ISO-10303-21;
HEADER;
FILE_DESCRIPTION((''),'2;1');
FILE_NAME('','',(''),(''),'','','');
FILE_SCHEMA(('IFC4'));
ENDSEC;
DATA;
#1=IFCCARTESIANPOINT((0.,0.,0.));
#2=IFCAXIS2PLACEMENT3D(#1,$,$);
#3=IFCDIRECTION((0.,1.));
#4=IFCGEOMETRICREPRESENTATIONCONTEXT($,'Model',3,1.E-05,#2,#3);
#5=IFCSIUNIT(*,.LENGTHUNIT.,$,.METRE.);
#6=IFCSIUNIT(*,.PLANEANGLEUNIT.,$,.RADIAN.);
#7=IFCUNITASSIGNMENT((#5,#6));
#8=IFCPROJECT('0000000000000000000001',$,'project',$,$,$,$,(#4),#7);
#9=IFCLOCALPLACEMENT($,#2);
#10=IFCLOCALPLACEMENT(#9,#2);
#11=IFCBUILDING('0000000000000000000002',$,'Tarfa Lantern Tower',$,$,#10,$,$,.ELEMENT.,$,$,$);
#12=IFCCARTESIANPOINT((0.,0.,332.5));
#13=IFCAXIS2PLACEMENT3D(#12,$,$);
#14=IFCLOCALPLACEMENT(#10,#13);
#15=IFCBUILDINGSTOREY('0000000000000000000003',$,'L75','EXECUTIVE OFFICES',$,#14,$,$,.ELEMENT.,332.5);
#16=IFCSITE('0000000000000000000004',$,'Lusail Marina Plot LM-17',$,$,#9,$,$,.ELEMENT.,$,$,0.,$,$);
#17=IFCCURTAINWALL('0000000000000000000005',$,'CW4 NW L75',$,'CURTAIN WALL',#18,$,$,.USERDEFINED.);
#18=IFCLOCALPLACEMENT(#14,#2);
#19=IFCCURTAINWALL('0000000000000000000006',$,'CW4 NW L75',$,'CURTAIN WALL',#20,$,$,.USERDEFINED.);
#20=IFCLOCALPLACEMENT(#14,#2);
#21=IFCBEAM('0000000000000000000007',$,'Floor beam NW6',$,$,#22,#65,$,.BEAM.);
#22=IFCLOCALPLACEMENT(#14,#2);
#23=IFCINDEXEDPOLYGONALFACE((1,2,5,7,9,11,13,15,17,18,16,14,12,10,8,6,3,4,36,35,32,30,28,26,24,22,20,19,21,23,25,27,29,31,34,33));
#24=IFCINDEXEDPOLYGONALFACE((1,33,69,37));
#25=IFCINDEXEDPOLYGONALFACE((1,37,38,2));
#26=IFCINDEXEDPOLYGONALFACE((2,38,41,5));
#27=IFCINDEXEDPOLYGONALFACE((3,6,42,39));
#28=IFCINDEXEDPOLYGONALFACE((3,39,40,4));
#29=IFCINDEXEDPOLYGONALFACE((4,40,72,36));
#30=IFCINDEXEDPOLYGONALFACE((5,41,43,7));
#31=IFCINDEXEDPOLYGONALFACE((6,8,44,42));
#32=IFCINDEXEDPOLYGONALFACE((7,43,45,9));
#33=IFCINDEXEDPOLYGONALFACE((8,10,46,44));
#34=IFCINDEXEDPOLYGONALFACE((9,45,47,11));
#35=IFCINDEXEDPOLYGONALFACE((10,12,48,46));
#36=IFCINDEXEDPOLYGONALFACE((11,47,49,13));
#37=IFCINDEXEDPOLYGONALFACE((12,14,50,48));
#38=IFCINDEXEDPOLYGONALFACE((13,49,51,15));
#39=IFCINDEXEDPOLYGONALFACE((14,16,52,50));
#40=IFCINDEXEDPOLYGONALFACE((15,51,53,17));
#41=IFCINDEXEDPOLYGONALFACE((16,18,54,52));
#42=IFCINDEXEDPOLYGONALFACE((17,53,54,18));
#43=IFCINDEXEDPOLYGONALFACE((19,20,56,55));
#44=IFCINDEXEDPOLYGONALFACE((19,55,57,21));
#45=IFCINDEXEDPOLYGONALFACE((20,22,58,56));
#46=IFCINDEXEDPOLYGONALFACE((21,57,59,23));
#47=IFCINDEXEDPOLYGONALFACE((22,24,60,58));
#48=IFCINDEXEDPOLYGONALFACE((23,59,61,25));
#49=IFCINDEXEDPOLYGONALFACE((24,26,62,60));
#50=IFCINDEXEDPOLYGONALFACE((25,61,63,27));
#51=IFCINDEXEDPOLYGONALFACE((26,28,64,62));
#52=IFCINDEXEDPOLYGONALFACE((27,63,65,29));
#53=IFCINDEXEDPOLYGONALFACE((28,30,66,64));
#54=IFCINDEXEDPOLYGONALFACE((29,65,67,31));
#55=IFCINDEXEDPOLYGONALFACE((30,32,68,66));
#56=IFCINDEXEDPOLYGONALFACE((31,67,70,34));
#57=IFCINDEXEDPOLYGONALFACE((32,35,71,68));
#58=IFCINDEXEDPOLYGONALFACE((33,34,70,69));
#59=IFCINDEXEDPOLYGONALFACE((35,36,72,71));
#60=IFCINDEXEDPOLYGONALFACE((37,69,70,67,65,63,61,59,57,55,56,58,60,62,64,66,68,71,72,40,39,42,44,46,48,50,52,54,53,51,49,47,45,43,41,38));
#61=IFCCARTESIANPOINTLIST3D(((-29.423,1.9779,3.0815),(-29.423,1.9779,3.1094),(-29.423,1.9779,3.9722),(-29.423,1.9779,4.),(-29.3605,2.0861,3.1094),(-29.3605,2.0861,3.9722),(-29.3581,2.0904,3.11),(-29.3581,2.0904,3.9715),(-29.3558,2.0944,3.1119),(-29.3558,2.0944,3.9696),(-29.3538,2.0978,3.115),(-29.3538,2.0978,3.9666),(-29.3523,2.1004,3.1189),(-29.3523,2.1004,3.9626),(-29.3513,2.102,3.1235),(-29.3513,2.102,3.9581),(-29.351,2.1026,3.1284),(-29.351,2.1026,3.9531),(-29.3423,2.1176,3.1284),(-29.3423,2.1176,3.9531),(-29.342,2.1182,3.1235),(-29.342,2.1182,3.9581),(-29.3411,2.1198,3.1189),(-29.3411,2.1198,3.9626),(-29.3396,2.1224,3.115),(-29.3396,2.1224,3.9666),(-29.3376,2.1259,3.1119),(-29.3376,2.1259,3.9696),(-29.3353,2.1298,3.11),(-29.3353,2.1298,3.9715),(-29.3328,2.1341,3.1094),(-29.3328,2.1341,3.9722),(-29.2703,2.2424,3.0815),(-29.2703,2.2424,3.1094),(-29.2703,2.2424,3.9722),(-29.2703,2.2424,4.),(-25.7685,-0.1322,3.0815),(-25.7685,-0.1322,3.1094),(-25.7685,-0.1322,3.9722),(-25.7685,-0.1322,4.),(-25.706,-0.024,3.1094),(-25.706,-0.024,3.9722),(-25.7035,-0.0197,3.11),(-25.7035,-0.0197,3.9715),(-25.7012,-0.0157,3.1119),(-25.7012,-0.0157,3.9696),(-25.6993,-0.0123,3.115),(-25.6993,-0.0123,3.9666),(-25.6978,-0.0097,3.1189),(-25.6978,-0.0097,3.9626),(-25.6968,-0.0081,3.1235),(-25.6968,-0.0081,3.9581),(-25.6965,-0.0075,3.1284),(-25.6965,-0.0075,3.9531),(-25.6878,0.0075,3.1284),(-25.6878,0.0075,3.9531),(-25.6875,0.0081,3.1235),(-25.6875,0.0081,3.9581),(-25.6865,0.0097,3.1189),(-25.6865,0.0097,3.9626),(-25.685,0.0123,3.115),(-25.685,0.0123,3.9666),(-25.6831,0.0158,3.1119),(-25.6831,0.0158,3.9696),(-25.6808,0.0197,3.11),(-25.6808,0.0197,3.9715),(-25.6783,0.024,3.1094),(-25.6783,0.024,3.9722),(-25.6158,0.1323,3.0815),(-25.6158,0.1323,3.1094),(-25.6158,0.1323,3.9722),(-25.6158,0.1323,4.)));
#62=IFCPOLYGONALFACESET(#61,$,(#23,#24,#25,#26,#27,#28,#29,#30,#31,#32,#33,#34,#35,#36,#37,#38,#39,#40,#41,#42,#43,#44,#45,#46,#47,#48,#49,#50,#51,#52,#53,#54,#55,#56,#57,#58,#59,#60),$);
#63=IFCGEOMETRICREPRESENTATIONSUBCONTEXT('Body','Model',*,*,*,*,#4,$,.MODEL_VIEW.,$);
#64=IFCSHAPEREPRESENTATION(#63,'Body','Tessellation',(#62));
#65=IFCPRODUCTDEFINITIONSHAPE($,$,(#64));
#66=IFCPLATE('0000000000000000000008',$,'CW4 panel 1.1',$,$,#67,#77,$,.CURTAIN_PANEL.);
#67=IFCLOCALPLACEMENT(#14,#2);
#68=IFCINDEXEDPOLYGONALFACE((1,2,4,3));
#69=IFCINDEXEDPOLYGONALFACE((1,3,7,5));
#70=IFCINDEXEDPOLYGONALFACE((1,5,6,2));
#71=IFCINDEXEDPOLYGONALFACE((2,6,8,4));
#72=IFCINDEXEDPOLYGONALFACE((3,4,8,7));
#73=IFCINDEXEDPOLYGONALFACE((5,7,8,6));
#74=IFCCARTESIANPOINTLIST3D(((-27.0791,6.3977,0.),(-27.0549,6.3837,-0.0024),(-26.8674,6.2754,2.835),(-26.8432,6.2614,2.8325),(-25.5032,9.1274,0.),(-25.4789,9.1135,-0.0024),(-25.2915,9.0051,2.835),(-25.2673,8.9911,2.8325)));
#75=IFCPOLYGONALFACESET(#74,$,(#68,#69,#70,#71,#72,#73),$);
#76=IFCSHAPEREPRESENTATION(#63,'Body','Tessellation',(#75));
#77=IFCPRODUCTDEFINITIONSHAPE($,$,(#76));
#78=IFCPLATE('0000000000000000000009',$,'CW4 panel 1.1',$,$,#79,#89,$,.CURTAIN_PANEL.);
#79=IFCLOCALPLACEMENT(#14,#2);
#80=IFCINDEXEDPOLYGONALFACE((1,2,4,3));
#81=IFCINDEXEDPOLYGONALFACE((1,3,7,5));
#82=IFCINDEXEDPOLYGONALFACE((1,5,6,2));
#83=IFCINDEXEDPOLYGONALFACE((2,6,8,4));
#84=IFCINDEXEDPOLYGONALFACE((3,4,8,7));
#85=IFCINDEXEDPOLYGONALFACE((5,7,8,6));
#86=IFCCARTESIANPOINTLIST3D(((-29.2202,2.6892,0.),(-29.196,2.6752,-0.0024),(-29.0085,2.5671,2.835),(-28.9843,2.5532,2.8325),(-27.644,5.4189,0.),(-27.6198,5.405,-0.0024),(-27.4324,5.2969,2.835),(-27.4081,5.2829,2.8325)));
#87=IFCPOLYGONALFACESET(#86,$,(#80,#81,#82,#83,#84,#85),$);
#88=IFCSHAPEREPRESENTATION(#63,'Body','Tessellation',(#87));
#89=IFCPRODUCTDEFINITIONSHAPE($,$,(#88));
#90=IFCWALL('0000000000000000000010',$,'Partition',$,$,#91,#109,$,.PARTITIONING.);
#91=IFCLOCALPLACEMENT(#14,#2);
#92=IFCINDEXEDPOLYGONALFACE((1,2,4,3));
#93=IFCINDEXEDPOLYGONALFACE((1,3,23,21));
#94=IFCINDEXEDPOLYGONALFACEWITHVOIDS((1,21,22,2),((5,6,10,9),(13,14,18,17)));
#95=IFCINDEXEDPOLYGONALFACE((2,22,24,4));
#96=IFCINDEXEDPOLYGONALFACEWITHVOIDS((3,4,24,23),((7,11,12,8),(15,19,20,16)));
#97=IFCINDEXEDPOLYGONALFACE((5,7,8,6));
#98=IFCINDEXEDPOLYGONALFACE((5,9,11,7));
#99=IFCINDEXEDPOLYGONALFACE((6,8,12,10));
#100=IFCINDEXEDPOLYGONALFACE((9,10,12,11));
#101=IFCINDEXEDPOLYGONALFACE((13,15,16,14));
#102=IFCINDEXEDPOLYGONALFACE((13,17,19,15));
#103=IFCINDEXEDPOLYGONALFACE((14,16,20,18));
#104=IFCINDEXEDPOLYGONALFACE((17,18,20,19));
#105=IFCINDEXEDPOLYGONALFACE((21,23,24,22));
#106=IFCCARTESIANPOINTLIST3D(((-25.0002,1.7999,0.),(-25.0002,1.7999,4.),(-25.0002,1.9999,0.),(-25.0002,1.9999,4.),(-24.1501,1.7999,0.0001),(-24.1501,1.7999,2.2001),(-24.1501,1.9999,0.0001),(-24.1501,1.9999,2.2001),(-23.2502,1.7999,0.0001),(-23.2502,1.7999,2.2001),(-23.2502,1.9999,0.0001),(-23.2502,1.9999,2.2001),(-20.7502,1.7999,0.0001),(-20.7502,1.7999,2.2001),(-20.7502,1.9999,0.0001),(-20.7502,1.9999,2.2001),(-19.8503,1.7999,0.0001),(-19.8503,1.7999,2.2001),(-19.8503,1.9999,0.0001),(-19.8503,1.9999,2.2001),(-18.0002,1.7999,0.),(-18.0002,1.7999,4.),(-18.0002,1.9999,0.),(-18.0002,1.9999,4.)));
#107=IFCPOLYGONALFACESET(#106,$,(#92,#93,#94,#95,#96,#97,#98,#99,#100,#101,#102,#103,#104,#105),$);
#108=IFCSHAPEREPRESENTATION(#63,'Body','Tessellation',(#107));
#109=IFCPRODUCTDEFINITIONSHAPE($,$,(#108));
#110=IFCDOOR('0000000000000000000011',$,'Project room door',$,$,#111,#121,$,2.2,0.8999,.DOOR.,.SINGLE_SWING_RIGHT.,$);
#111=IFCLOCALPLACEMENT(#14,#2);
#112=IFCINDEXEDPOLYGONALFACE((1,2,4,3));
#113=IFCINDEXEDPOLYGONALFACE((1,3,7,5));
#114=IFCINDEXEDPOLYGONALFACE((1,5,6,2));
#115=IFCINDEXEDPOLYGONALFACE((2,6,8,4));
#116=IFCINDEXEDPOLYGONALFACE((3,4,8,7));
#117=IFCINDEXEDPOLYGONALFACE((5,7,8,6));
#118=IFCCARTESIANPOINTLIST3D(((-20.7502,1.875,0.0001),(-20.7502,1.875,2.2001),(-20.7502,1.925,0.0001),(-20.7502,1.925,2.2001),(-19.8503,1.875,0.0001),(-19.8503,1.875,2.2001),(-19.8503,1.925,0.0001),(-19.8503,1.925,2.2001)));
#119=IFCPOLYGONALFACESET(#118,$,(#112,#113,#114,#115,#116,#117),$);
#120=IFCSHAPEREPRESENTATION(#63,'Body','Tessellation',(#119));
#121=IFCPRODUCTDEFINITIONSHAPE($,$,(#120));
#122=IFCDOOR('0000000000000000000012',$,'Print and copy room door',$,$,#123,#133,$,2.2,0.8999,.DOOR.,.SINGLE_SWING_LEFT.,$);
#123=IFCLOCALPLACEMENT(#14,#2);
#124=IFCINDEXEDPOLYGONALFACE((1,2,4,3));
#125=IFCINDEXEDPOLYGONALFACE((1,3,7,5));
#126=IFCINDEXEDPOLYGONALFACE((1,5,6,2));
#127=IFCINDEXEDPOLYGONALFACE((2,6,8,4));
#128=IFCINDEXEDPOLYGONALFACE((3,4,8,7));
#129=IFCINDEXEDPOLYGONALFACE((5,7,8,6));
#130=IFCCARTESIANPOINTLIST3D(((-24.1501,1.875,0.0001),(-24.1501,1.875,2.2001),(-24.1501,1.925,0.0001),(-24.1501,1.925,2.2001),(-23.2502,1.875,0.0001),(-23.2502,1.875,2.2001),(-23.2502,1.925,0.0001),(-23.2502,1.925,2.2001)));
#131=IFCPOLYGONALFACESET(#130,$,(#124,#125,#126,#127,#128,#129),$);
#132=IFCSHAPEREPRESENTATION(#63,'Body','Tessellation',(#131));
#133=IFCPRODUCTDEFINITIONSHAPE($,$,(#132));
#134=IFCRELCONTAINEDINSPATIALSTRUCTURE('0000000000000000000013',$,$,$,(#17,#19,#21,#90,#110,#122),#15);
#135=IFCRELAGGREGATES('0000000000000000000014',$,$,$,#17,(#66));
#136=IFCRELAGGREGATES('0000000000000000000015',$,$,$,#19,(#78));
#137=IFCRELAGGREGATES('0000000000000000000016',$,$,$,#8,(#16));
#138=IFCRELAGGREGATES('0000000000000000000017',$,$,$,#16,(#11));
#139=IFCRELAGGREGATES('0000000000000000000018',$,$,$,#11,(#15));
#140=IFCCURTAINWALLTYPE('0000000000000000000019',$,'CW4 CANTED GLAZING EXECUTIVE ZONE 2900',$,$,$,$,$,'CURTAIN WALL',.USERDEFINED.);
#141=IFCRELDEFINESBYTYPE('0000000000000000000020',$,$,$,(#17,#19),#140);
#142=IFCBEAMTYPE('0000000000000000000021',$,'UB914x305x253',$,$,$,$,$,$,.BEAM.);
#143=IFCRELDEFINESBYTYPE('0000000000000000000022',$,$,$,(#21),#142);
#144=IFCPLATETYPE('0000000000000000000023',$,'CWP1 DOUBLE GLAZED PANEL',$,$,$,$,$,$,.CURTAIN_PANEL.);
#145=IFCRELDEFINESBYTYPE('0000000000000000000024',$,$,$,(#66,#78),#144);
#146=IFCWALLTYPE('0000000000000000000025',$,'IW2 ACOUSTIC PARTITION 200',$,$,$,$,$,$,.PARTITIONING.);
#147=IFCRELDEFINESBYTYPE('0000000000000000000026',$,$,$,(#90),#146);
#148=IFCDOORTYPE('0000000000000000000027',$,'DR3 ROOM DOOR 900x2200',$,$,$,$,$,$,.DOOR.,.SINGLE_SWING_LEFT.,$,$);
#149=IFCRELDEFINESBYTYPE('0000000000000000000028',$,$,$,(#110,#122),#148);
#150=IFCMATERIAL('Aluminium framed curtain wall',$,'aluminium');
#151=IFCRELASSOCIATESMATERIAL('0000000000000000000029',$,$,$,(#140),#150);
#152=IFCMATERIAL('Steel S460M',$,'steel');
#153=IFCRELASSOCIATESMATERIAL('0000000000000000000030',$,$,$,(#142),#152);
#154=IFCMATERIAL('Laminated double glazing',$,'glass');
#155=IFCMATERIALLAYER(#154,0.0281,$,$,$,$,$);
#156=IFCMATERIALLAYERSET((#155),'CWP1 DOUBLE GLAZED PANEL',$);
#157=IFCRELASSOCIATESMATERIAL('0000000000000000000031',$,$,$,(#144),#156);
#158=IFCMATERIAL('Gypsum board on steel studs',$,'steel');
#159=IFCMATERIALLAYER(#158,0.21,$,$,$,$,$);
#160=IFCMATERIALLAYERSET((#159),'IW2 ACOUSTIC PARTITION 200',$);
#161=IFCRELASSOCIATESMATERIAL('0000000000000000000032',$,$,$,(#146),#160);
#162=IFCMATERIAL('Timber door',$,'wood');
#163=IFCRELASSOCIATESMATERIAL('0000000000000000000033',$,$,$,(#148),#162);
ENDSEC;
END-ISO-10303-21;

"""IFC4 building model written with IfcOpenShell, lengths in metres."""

from ifc_helpers import new_model, si_unit, direction, frame, frame_2d, origin, origin_2d, place, context, subcontext, project, spatial, polyline, rectangle, i_section, outline, extrude, material, layer, layer_set, material_profile, profile_set, type_object, element, fill, aggregate, save


model = new_model("IFC4")

# Units and contexts
model_context = context("Model", 3, precision=1e-05, world=origin(), true_north=direction((0.0, 1.0)))
body_context = subcontext(model_context, "Body", "Model", "MODEL_VIEW")
ifc_project = project(units=[si_unit("LENGTHUNIT", "METRE"), si_unit("PLANEANGLEUNIT", "RADIAN")], contexts=[model_context])

# Site, building, storey
site_placement = place(None, origin())
site = spatial("IfcSite", under=ifc_project, at=site_placement, Name="Lusail Marina Plot LM-17", CompositionType="ELEMENT", RefElevation=0.0)
building_placement = place(site_placement, origin())
building = spatial("IfcBuilding", under=site, at=building_placement, Name="Tarfa Lantern Tower", CompositionType="ELEMENT")
storey_placement = place(building_placement, frame((0.0, 0.0, 332.5)))
storey = spatial("IfcBuildingStorey", under=building, at=storey_placement, Name="L75", Description="EXECUTIVE OFFICES", CompositionType="ELEMENT", Elevation=332.5)

# Shared definitions
ifc_material_1 = material(Name="Aluminium framed curtain wall", Category="aluminium")
curtain_wall_type = type_object("IfcCurtainWallType", Name="CW4 CANTED GLAZING EXECUTIVE ZONE 2900", ElementType="CURTAIN WALL", PredefinedType="USERDEFINED", material=ifc_material_1)

# Curtain walls
curtain_wall_1_placement = place(storey_placement, origin())
curtain_wall_1 = element("IfcCurtainWall", 1, at=curtain_wall_1_placement, inside=storey, type_object=curtain_wall_type, Name="CW4 NW L75", ObjectType="CURTAIN WALL", PredefinedType="USERDEFINED")
curtain_wall_2_placement = place(storey_placement, origin())
curtain_wall_2 = element("IfcCurtainWall", 2, at=curtain_wall_2_placement, inside=storey, type_object=curtain_wall_type, Name="CW4 NW L75", ObjectType="CURTAIN WALL", PredefinedType="USERDEFINED")

# Beam
ifc_material_2 = material(Name="Steel S460M", Category="steel")
ifc_material_profile_1 = material_profile(ifc_material_2, i_section(OverallWidth=0.3054, OverallDepth=0.9185, WebThickness=0.0173, FlangeThickness=0.0278, FilletRadius=0.019, at=origin_2d()), Name="UB914x305x253")
ifc_profile_set_1 = profile_set([ifc_material_profile_1], Name="Steel S460M")
beam_type_1 = type_object("IfcBeamType", Name="UB914x305x253", PredefinedType="BEAM", material=ifc_profile_set_1)
beam_1_placement = place(storey_placement, frame((-29.3467, 2.1101, 3.5408), z_axis=(0.866009, -0.500028, 0.0), x_axis=(0.500028, 0.866009, 0.0)))
element("IfcBeam", 3, at=beam_1_placement, inside=storey, type_object=beam_type_1, Name="Floor beam NW6", PredefinedType="BEAM", context=body_context, shape_type="SweptSolid", body=[
    extrude(i_section(OverallWidth=0.3054, OverallDepth=0.9185, WebThickness=0.0173, FlangeThickness=0.0278, FilletRadius=0.019, at=origin_2d()), origin(), (0.0, 0.0, 1.0), 4.22),
])

# Plates
ifc_material_3 = material(Name="Laminated double glazing", Category="glass")
ifc_layer_1 = layer(ifc_material_3, 0.0281)
ifc_layer_set_1 = layer_set([ifc_layer_1], Name="CWP1 DOUBLE GLAZED PANEL")
plate_type = type_object("IfcPlateType", Name="CWP1 DOUBLE GLAZED PANEL", PredefinedType="CURTAIN_PANEL", material=ifc_layer_set_1)
plate_1_placement = place(storey_placement, frame((-25.5032, 9.1274, 0.0), z_axis=(-0.862835, 0.498131, 0.085915), x_axis=(-0.499979, -0.866037, 0.0)))
plate_1 = element("IfcPlate", 4, at=plate_1_placement, type_object=plate_type, Name="CW4 panel 1.1", PredefinedType="CURTAIN_PANEL", context=body_context, shape_type="SweptSolid", body=[
    extrude(outline(polyline([(0.0, 0.0), (3.152, 0.0), (3.1521, 2.8455), (0.0001, 2.8455), (0.0, 0.0)])), origin(), (0.0, 0.0, -1.0), 0.0281),
])
aggregate(curtain_wall_1, [plate_1])
plate_2_placement = place(storey_placement, frame((-27.644, 5.4189, 0.0), z_axis=(-0.862805, 0.498191, 0.085872), x_axis=(-0.500038, -0.866004, 0.0)))
plate_2 = element("IfcPlate", 5, at=plate_2_placement, type_object=plate_type, Name="CW4 panel 1.1", PredefinedType="CURTAIN_PANEL", context=body_context, shape_type="SweptSolid", body=[
    extrude(outline(polyline([(0.0, 0.0), (3.1521, 0.0), (3.152, 2.8455), (-0.0001, 2.8455), (0.0, 0.0)])), origin(), (0.0, 0.0, -1.0), 0.0281),
])
aggregate(curtain_wall_2, [plate_2])

# Wall, openings, doors
ifc_material_4 = material(Name="Gypsum board on steel studs", Category="steel")
ifc_layer_2 = layer(ifc_material_4, 0.21)
ifc_layer_set_2 = layer_set([ifc_layer_2], Name="IW2 ACOUSTIC PARTITION 200")
wall_type = type_object("IfcWallType", Name="IW2 ACOUSTIC PARTITION 200", PredefinedType="PARTITIONING", material=ifc_layer_set_2)
wall_placement = place(storey_placement, frame((-18.0002, 1.8999, 0.0), z_axis=(0.0, 0.0, 1.0), x_axis=(-1.0, 0.0, 0.0)))
wall = element("IfcWall", 6, at=wall_placement, inside=storey, type_object=wall_type, Name="Partition", PredefinedType="PARTITIONING", context=body_context, shape_type="SweptSolid", body=[
    extrude(rectangle(XDim=7.0, YDim=0.2, at=frame_2d((3.5, 0.0))), origin(), (0.0, 0.0, 1.0), 4.0),
])
opening_1_placement = place(wall_placement, frame((1.8501, 0.0, 0.0)))
opening_1 = element("IfcOpeningElement", 7, at=opening_1_placement, cuts=wall, PredefinedType="OPENING", context=body_context, shape_type="SweptSolid", body=[
    extrude(rectangle(XDim=0.8999, YDim=2.2, at=frame_2d((0.45, 1.1001))), frame((0.0, 0.1099, 0.0), z_axis=(0.0, -1.0, 0.0), x_axis=(1.0, 0.0, 0.0)), (0.0, 0.0, 1.0), 0.22),
])
opening_2_placement = place(wall_placement, frame((5.25, 0.0, 0.0)))
opening_2 = element("IfcOpeningElement", 8, at=opening_2_placement, cuts=wall, PredefinedType="OPENING", context=body_context, shape_type="SweptSolid", body=[
    extrude(rectangle(XDim=0.8999, YDim=2.2, at=frame_2d((0.45, 1.1001))), frame((0.0, 0.1099, 0.0), z_axis=(0.0, -1.0, 0.0), x_axis=(1.0, 0.0, 0.0)), (0.0, 0.0, 1.0), 0.22),
])
ifc_material_5 = material(Name="Timber door", Category="wood")
door_type = type_object("IfcDoorType", Name="DR3 ROOM DOOR 900x2200", OperationType="SINGLE_SWING_LEFT", PredefinedType="DOOR", material=ifc_material_5)
door_1_placement = place(opening_1_placement, origin())
door_1 = element("IfcDoor", 9, at=door_1_placement, inside=storey, type_object=door_type, Name="Project room door", OperationType="SINGLE_SWING_RIGHT", OverallHeight=2.2, OverallWidth=0.8999, PredefinedType="DOOR", context=body_context, shape_type="SweptSolid", body=[
    extrude(rectangle(XDim=0.8999, YDim=2.2, at=frame_2d((0.45, 1.1001))), frame((0.0, 0.0249, 0.0), z_axis=(0.0, -1.0, 0.0), x_axis=(1.0, 0.0, 0.0)), (0.0, 0.0, 1.0), 0.05),
])
fill(opening_1, door_1)
door_2_placement = place(opening_2_placement, origin())
door_2 = element("IfcDoor", 10, at=door_2_placement, inside=storey, type_object=door_type, Name="Print and copy room door", OperationType="SINGLE_SWING_LEFT", OverallHeight=2.2, OverallWidth=0.8999, PredefinedType="DOOR", context=body_context, shape_type="SweptSolid", body=[
    extrude(rectangle(XDim=0.8999, YDim=2.2, at=frame_2d((0.45, 1.1001))), frame((0.0, 0.0249, 0.0), z_axis=(0.0, -1.0, 0.0), x_axis=(1.0, 0.0, 0.0)), (0.0, 0.0, 1.0), 0.05),
])
fill(opening_2, door_2)

save(model, "model.ifc")
